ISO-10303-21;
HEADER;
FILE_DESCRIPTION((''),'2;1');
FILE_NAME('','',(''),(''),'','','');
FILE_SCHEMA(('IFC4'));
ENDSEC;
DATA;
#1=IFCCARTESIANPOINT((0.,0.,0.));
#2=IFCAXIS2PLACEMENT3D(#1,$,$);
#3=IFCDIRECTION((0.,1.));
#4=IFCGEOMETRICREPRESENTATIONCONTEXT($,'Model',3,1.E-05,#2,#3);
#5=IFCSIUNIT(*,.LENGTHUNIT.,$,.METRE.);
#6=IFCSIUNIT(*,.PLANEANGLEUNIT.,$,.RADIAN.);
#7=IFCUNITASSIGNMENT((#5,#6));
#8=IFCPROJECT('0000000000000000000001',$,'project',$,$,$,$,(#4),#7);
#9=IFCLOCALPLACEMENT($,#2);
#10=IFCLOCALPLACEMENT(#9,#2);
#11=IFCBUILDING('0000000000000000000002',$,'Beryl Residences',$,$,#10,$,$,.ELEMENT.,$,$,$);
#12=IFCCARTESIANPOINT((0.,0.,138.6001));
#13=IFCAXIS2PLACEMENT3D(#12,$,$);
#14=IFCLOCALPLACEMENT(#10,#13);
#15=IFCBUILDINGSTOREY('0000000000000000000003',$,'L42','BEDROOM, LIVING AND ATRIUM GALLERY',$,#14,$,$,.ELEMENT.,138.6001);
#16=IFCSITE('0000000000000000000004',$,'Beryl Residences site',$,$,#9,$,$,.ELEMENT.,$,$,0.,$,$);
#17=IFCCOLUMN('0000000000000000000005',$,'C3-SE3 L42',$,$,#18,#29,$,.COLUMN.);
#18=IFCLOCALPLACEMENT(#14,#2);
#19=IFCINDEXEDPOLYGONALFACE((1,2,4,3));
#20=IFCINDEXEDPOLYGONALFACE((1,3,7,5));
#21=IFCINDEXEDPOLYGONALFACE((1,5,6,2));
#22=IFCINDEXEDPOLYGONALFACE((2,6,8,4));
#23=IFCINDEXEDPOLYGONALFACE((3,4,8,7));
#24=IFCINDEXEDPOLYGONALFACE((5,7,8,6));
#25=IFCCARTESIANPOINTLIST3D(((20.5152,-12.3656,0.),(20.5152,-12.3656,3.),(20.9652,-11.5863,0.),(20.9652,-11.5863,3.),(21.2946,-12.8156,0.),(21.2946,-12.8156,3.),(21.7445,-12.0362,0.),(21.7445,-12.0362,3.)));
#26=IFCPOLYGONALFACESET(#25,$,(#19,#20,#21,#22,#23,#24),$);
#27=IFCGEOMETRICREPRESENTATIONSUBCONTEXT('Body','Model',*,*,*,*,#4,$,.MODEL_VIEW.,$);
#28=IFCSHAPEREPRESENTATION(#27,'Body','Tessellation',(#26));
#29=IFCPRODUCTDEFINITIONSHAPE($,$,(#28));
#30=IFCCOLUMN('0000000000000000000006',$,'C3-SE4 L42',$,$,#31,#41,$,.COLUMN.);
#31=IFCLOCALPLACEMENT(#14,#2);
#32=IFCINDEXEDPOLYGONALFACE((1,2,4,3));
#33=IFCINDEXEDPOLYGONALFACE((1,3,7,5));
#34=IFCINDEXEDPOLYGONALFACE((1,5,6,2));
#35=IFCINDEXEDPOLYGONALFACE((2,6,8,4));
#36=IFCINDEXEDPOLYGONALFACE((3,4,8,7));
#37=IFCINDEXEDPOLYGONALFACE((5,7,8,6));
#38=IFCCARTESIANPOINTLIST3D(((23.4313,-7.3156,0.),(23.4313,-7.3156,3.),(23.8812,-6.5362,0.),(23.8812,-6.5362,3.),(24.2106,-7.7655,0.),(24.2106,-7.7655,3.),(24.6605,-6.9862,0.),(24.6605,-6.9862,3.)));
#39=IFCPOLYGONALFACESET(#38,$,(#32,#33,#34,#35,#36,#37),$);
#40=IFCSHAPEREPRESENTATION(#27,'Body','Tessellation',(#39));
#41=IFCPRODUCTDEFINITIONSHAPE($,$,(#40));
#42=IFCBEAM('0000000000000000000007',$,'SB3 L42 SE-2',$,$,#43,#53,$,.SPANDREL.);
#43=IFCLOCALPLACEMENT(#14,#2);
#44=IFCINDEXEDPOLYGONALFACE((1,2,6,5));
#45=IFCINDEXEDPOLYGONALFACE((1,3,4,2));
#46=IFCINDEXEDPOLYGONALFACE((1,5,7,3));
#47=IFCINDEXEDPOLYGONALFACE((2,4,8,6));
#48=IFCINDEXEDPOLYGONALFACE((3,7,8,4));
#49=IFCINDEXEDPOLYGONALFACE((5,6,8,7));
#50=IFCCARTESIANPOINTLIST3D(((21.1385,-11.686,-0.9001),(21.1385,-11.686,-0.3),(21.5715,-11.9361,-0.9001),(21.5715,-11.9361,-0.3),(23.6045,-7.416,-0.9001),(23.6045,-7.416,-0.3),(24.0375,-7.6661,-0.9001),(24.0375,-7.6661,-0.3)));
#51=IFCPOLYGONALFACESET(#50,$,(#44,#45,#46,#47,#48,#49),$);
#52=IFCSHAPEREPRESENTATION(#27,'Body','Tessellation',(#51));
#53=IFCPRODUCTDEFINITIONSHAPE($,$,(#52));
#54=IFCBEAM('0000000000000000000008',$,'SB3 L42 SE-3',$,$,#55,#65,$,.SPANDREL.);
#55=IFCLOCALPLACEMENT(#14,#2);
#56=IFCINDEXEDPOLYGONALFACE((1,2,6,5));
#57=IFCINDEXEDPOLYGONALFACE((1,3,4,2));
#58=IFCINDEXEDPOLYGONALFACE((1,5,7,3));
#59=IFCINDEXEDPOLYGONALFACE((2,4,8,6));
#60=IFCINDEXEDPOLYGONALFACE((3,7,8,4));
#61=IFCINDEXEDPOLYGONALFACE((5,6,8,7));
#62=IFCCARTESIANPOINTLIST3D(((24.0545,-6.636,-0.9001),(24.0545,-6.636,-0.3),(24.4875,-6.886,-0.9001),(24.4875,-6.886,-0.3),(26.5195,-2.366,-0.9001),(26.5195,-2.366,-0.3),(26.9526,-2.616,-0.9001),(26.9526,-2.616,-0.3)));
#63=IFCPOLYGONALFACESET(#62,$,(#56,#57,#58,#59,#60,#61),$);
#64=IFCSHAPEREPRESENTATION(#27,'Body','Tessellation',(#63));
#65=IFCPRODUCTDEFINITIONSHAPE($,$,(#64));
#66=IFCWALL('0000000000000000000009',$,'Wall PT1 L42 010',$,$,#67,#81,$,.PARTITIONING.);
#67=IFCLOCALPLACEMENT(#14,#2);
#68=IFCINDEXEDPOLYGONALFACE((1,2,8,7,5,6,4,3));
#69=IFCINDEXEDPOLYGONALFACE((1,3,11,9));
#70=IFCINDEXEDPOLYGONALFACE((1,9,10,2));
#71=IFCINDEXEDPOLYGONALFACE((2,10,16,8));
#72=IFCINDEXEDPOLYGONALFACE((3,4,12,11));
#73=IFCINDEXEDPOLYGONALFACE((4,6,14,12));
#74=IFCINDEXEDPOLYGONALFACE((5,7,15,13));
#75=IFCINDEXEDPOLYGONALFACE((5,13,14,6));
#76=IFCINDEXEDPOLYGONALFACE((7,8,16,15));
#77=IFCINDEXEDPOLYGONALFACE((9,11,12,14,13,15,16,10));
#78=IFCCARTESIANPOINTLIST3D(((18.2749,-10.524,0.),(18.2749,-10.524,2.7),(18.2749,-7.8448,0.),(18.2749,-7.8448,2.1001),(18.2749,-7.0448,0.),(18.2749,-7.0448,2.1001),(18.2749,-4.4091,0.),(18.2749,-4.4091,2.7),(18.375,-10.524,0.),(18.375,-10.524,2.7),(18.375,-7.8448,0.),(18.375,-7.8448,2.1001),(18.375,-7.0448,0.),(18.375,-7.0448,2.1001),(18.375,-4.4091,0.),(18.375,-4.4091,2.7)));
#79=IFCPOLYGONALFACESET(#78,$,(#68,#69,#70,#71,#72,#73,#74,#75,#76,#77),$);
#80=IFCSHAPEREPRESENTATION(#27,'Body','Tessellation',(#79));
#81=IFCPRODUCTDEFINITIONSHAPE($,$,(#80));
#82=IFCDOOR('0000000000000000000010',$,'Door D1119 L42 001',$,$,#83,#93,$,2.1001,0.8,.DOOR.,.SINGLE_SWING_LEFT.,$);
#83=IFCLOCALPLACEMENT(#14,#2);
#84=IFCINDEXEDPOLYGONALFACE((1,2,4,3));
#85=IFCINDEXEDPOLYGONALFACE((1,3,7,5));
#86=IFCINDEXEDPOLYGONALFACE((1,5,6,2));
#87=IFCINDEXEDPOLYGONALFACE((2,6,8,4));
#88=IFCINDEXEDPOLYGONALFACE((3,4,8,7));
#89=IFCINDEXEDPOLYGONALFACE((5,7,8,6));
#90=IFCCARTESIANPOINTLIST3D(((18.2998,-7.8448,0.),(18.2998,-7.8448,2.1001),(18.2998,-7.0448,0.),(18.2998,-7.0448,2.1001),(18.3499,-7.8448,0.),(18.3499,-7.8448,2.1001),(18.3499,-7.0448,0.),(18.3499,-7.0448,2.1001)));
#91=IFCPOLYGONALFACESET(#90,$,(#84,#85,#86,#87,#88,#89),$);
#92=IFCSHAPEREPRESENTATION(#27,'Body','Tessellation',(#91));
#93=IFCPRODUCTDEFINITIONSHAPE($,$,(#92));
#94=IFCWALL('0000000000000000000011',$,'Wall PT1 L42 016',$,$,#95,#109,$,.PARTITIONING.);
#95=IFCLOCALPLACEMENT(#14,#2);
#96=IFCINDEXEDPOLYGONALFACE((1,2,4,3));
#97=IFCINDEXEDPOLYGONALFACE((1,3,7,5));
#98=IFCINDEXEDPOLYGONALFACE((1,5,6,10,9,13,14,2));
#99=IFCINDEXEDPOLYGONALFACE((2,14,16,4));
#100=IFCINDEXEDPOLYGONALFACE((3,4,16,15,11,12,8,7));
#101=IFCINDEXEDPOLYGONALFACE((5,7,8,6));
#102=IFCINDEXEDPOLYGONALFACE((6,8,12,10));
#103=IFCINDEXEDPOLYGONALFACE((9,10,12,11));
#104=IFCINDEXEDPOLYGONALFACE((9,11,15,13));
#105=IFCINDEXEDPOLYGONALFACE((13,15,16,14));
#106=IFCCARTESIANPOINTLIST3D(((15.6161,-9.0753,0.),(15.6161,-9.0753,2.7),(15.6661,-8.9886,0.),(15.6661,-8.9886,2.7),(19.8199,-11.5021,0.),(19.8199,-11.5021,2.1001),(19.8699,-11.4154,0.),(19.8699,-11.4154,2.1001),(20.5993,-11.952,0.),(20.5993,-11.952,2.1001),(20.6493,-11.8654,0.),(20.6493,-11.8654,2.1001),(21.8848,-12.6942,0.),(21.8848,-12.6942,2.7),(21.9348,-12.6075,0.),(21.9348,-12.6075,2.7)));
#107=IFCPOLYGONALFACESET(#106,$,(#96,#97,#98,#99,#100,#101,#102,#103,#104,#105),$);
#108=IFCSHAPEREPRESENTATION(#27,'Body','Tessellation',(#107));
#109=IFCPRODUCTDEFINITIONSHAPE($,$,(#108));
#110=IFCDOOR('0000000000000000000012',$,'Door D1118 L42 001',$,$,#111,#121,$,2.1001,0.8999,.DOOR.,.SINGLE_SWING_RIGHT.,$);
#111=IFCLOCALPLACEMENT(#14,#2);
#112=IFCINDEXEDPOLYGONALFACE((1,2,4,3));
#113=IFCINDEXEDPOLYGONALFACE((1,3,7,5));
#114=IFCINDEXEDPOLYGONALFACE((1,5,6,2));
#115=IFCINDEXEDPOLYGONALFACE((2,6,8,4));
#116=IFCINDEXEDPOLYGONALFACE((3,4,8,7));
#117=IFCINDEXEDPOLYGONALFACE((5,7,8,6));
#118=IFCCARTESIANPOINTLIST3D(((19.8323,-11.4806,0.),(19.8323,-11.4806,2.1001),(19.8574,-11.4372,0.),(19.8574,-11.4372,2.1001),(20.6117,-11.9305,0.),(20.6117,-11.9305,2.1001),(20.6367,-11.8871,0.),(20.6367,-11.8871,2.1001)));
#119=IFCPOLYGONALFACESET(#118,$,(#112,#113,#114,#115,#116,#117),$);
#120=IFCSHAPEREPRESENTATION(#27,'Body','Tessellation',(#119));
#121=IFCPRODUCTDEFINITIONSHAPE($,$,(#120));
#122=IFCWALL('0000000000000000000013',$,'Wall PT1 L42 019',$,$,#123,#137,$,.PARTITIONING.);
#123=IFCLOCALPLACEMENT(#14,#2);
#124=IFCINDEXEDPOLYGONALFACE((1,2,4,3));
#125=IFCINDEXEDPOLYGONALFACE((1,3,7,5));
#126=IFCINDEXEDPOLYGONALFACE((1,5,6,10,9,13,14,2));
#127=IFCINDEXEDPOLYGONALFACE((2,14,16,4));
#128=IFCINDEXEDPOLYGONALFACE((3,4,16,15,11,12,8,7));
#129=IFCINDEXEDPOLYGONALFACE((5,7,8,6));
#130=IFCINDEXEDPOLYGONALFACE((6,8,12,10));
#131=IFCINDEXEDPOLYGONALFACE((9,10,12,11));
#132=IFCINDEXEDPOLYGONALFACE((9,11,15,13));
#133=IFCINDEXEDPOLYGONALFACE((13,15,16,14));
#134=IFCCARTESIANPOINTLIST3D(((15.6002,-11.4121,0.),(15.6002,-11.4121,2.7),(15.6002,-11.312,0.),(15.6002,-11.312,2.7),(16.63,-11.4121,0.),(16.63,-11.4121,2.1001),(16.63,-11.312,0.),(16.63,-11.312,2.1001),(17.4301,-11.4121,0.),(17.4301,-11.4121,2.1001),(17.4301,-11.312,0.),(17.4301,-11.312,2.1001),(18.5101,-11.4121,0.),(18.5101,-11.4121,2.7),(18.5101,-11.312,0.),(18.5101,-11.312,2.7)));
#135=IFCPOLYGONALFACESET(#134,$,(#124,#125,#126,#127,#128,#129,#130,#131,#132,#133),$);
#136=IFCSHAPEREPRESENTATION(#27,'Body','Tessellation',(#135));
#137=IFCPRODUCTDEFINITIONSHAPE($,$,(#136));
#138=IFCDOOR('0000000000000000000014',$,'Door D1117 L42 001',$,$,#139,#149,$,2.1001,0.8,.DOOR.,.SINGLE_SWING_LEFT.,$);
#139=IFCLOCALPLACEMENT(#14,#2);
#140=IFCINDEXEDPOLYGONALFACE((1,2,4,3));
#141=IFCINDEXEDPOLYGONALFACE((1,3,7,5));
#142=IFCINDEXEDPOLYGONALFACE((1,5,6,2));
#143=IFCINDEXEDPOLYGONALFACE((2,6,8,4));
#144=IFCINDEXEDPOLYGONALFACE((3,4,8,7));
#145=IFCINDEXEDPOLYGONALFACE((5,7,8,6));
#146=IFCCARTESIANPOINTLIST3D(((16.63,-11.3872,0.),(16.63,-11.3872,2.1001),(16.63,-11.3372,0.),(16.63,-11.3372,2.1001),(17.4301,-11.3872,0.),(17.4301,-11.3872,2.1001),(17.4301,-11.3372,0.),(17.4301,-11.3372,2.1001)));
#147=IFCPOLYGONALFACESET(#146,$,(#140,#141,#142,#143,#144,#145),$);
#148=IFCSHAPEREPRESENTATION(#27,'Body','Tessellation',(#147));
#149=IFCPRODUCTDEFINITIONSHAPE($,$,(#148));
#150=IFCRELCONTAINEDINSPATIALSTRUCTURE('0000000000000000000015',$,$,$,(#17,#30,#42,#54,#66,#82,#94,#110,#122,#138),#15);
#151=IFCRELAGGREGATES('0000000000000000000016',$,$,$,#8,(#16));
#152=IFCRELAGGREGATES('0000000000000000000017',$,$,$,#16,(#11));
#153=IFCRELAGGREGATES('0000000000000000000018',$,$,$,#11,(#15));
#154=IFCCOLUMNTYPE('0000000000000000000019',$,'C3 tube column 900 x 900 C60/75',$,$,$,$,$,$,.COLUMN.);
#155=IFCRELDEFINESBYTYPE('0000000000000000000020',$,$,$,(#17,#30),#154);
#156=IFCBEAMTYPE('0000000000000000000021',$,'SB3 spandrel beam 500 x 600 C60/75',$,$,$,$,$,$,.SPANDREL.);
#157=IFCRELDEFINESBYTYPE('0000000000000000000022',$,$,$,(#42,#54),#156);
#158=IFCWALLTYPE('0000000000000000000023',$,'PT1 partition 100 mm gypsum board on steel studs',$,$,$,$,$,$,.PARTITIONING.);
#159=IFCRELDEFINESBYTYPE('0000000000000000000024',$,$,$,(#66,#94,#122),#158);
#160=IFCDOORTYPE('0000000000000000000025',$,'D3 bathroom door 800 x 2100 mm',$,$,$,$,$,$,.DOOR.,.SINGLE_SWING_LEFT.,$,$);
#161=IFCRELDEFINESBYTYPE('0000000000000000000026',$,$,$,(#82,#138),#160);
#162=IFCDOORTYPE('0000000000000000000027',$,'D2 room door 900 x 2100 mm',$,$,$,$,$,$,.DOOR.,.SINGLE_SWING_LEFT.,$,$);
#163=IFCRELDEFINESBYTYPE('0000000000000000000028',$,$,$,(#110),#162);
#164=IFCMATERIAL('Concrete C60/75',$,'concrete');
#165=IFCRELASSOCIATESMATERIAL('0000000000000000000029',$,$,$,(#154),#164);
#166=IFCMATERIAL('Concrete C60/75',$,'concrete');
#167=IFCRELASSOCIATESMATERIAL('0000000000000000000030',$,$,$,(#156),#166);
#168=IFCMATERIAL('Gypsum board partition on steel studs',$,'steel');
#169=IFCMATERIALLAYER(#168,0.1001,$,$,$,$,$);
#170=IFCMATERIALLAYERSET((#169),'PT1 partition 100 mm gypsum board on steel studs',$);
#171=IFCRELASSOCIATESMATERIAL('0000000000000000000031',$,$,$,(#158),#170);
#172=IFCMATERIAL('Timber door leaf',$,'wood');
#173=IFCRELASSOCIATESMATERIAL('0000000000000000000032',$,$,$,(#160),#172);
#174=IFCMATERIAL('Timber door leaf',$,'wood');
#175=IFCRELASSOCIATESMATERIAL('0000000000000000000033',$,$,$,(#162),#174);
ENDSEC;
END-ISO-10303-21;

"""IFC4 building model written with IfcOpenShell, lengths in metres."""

from ifc_helpers import new_model, si_unit, direction, frame, frame_2d, origin, origin_2d, place, context, subcontext, project, spatial, rectangle, extrude, material, layer, layer_set, material_profile, profile_set, type_object, element, fill, save


model = new_model("IFC4")

# Units and contexts
model_context = context("Model", 3, precision=1e-05, world=origin(), true_north=direction((0.0, 1.0)))
body_context = subcontext(model_context, "Body", "Model", "MODEL_VIEW")
ifc_project = project(units=[si_unit("LENGTHUNIT", "METRE"), si_unit("PLANEANGLEUNIT", "RADIAN")], contexts=[model_context])

# Site, building, storey
site_placement = place(None, origin())
site = spatial("IfcSite", under=ifc_project, at=site_placement, Name="Beryl Residences site", CompositionType="ELEMENT", RefElevation=0.0)
building_placement = place(site_placement, origin())
building = spatial("IfcBuilding", under=site, at=building_placement, Name="Beryl Residences", CompositionType="ELEMENT")
storey_placement = place(building_placement, frame((0.0, 0.0, 138.6001)))
storey = spatial("IfcBuildingStorey", under=building, at=storey_placement, Name="L42", Description="BEDROOM, LIVING AND ATRIUM GALLERY", CompositionType="ELEMENT", Elevation=138.6001)

# Columns
ifc_material_1 = material(Name="Concrete C60/75", Category="concrete")
ifc_material_profile_1 = material_profile(ifc_material_1, rectangle(XDim=0.8999, YDim=0.8999, at=origin_2d()))
ifc_profile_set_1 = profile_set([ifc_material_profile_1], Name="Concrete C60/75")
column_type = type_object("IfcColumnType", Name="C3 tube column 900 x 900 C60/75", PredefinedType="COLUMN", material=ifc_profile_set_1)
for number, where, z_axis, x_axis, name in (
    (1, (21.1299, -12.2009, 0.0), (0.0, 0.0, 1.0), (0.5, 0.866025, 0.0), "C3-SE3 L42"),
    (2, (24.0459, -7.1509, 0.0), (0.0, 0.0, 1.0), (0.5, 0.866025, 0.0), "C3-SE4 L42"),
):
    element("IfcColumn", number, at=place(storey_placement, frame(where, z_axis=z_axis, x_axis=x_axis)), inside=storey, type_object=column_type, Name=name, PredefinedType="COLUMN", context=body_context, shape_type="SweptSolid", body=[
        extrude(rectangle(XDim=0.8999, YDim=0.8999, at=origin_2d()), origin(), (0.0, 0.0, 1.0), 3.0),
    ])

# Beams
ifc_material_2 = material(Name="Concrete C60/75", Category="concrete")
ifc_material_profile_2 = material_profile(ifc_material_2, rectangle(XDim=0.5, YDim=0.6001, at=origin_2d()))
ifc_profile_set_2 = profile_set([ifc_material_profile_2], Name="Concrete C60/75")
beam_type = type_object("IfcBeamType", Name="SB3 spandrel beam 500 x 600 C60/75", PredefinedType="SPANDREL", material=ifc_profile_set_2)
beam_1_placement = place(storey_placement, frame((21.355, -11.811, -0.6001), z_axis=(0.500117, 0.865958, 0.0), x_axis=(-0.865958, 0.500117, 0.0)))
element("IfcBeam", 3, at=beam_1_placement, inside=storey, type_object=beam_type, Name="SB3 L42 SE-2", PredefinedType="SPANDREL", context=body_context, shape_type="SweptSolid", body=[
    extrude(rectangle(XDim=0.5, YDim=0.6001, at=origin_2d()), origin(), (0.0, 0.0, 1.0), 4.9309),
])
beam_2_placement = place(storey_placement, frame((24.271, -6.761, -0.6001), z_axis=(0.499968, 0.866044, 0.0), x_axis=(-0.866044, 0.499968, 0.0)))
element("IfcBeam", 4, at=beam_2_placement, inside=storey, type_object=beam_type, Name="SB3 L42 SE-3", PredefinedType="SPANDREL", context=body_context, shape_type="SweptSolid", body=[
    extrude(rectangle(XDim=0.5, YDim=0.6001, at=origin_2d()), origin(), (0.0, 0.0, 1.0), 4.9304),
])

# Walls, openings, doors
ifc_material_3 = material(Name="Gypsum board partition on steel studs", Category="steel")
ifc_layer_1 = layer(ifc_material_3, 0.1001)
ifc_layer_set_1 = layer_set([ifc_layer_1], Name="PT1 partition 100 mm gypsum board on steel studs")
wall_type_1 = type_object("IfcWallType", Name="PT1 partition 100 mm gypsum board on steel studs", PredefinedType="PARTITIONING", material=ifc_layer_set_1)
wall_1_placement = place(storey_placement, frame((18.325, -4.4089, 0.0), z_axis=(0.0, 0.0, 1.0), x_axis=(0.0, -1.0, 0.0)))
wall_1 = element("IfcWall", 5, at=wall_1_placement, inside=storey, type_object=wall_type_1, Name="Wall PT1 L42 010", PredefinedType="PARTITIONING", context=body_context, shape_type="SweptSolid", body=[
    extrude(rectangle(XDim=6.115, YDim=0.1001, at=frame_2d((3.0576, 0.0))), origin(), (0.0, 0.0, 1.0), 2.7),
])
opening_1_placement = place(wall_1_placement, frame((2.636, 0.0, 0.0)))
opening_1 = element("IfcOpeningElement", 6, at=opening_1_placement, cuts=wall_1, PredefinedType="OPENING", context=body_context, shape_type="SweptSolid", body=[
    extrude(rectangle(XDim=0.8, YDim=2.1001, at=frame_2d((0.3999, 1.05))), frame((0.0, 0.0601, 0.0), z_axis=(0.0, -1.0, 0.0), x_axis=(1.0, 0.0, 0.0)), (0.0, 0.0, 1.0), 0.1201),
])
ifc_material_4 = material(Name="Timber door leaf", Category="wood")
door_type_1 = type_object("IfcDoorType", Name="D3 bathroom door 800 x 2100 mm", OperationType="SINGLE_SWING_LEFT", PredefinedType="DOOR", material=ifc_material_4)
door_1_placement = place(opening_1_placement, origin())
door_1 = element("IfcDoor", 7, at=door_1_placement, inside=storey, type_object=door_type_1, Name="Door D1119 L42 001", OperationType="SINGLE_SWING_LEFT", OverallHeight=2.1001, OverallWidth=0.8, PredefinedType="DOOR", context=body_context, shape_type="SweptSolid", body=[
    extrude(rectangle(XDim=0.8, YDim=2.1001, at=frame_2d((0.3999, 1.05))), frame((0.0, 0.0249, 0.0), z_axis=(0.0, -1.0, 0.0), x_axis=(1.0, 0.0, 0.0)), (0.0, 0.0, 1.0), 0.05),
])
fill(opening_1, door_1)
wall_2_placement = place(storey_placement, frame((15.6411, -9.032, 0.0), z_axis=(0.0, 0.0, 1.0), x_axis=(0.866049, -0.499959, 0.0)))
wall_2 = element("IfcWall", 8, at=wall_2_placement, inside=storey, type_object=wall_type_1, Name="Wall PT1 L42 016", PredefinedType="PARTITIONING", context=body_context, shape_type="SweptSolid", body=[
    extrude(rectangle(XDim=7.2383, YDim=0.1001, at=frame_2d((3.6191, 0.0))), origin(), (0.0, 0.0, 1.0), 2.7),
])
opening_2_placement = place(wall_2_placement, frame((4.854, 0.0, 0.0)))
opening_2 = element("IfcOpeningElement", 9, at=opening_2_placement, cuts=wall_2, PredefinedType="OPENING", context=body_context, shape_type="SweptSolid", body=[
    extrude(rectangle(XDim=0.8999, YDim=2.1001, at=frame_2d((0.45, 1.05))), frame((0.0, 0.0601, 0.0), z_axis=(0.0, -1.0, 0.0), x_axis=(1.0, 0.0, 0.0)), (0.0, 0.0, 1.0), 0.1201),
])
ifc_material_5 = material(Name="Timber door leaf", Category="wood")
door_type_2 = type_object("IfcDoorType", Name="D2 room door 900 x 2100 mm", OperationType="SINGLE_SWING_LEFT", PredefinedType="DOOR", material=ifc_material_5)
door_2_placement = place(opening_2_placement, origin())
door_2 = element("IfcDoor", 10, at=door_2_placement, inside=storey, type_object=door_type_2, Name="Door D1118 L42 001", OperationType="SINGLE_SWING_RIGHT", OverallHeight=2.1001, OverallWidth=0.8999, PredefinedType="DOOR", context=body_context, shape_type="SweptSolid", body=[
    extrude(rectangle(XDim=0.8999, YDim=2.1001, at=frame_2d((0.45, 1.05))), frame((0.0, 0.0249, 0.0), z_axis=(0.0, -1.0, 0.0), x_axis=(1.0, 0.0, 0.0)), (0.0, 0.0, 1.0), 0.05),
])
fill(opening_2, door_2)
wall_3_placement = place(storey_placement, frame((15.6001, -11.3621, 0.0), z_axis=(0.0, 0.0, 1.0), x_axis=(1.0, 0.0, 0.0)))
wall_3 = element("IfcWall", 11, at=wall_3_placement, inside=storey, type_object=wall_type_1, Name="Wall PT1 L42 019", PredefinedType="PARTITIONING", context=body_context, shape_type="SweptSolid", body=[
    extrude(rectangle(XDim=2.9099, YDim=0.1001, at=frame_2d((1.4551, 0.0))), origin(), (0.0, 0.0, 1.0), 2.7),
])
opening_3_placement = place(wall_3_placement, frame((1.03, 0.0, 0.0)))
opening_3 = element("IfcOpeningElement", 12, at=opening_3_placement, cuts=wall_3, PredefinedType="OPENING", context=body_context, shape_type="SweptSolid", body=[
    extrude(rectangle(XDim=0.8, YDim=2.1001, at=frame_2d((0.3999, 1.05))), frame((0.0, 0.0601, 0.0), z_axis=(0.0, -1.0, 0.0), x_axis=(1.0, 0.0, 0.0)), (0.0, 0.0, 1.0), 0.1201),
])
door_3_placement = place(opening_3_placement, origin())
door_3 = element("IfcDoor", 13, at=door_3_placement, inside=storey, type_object=door_type_1, Name="Door D1117 L42 001", OperationType="SINGLE_SWING_LEFT", OverallHeight=2.1001, OverallWidth=0.8, PredefinedType="DOOR", context=body_context, shape_type="SweptSolid", body=[
    extrude(rectangle(XDim=0.8, YDim=2.1001, at=frame_2d((0.3999, 1.05))), frame((0.0, 0.0249, 0.0), z_axis=(0.0, -1.0, 0.0), x_axis=(1.0, 0.0, 0.0)), (0.0, 0.0, 1.0), 0.05),
])
fill(opening_3, door_3)

save(model, "model.ifc")
